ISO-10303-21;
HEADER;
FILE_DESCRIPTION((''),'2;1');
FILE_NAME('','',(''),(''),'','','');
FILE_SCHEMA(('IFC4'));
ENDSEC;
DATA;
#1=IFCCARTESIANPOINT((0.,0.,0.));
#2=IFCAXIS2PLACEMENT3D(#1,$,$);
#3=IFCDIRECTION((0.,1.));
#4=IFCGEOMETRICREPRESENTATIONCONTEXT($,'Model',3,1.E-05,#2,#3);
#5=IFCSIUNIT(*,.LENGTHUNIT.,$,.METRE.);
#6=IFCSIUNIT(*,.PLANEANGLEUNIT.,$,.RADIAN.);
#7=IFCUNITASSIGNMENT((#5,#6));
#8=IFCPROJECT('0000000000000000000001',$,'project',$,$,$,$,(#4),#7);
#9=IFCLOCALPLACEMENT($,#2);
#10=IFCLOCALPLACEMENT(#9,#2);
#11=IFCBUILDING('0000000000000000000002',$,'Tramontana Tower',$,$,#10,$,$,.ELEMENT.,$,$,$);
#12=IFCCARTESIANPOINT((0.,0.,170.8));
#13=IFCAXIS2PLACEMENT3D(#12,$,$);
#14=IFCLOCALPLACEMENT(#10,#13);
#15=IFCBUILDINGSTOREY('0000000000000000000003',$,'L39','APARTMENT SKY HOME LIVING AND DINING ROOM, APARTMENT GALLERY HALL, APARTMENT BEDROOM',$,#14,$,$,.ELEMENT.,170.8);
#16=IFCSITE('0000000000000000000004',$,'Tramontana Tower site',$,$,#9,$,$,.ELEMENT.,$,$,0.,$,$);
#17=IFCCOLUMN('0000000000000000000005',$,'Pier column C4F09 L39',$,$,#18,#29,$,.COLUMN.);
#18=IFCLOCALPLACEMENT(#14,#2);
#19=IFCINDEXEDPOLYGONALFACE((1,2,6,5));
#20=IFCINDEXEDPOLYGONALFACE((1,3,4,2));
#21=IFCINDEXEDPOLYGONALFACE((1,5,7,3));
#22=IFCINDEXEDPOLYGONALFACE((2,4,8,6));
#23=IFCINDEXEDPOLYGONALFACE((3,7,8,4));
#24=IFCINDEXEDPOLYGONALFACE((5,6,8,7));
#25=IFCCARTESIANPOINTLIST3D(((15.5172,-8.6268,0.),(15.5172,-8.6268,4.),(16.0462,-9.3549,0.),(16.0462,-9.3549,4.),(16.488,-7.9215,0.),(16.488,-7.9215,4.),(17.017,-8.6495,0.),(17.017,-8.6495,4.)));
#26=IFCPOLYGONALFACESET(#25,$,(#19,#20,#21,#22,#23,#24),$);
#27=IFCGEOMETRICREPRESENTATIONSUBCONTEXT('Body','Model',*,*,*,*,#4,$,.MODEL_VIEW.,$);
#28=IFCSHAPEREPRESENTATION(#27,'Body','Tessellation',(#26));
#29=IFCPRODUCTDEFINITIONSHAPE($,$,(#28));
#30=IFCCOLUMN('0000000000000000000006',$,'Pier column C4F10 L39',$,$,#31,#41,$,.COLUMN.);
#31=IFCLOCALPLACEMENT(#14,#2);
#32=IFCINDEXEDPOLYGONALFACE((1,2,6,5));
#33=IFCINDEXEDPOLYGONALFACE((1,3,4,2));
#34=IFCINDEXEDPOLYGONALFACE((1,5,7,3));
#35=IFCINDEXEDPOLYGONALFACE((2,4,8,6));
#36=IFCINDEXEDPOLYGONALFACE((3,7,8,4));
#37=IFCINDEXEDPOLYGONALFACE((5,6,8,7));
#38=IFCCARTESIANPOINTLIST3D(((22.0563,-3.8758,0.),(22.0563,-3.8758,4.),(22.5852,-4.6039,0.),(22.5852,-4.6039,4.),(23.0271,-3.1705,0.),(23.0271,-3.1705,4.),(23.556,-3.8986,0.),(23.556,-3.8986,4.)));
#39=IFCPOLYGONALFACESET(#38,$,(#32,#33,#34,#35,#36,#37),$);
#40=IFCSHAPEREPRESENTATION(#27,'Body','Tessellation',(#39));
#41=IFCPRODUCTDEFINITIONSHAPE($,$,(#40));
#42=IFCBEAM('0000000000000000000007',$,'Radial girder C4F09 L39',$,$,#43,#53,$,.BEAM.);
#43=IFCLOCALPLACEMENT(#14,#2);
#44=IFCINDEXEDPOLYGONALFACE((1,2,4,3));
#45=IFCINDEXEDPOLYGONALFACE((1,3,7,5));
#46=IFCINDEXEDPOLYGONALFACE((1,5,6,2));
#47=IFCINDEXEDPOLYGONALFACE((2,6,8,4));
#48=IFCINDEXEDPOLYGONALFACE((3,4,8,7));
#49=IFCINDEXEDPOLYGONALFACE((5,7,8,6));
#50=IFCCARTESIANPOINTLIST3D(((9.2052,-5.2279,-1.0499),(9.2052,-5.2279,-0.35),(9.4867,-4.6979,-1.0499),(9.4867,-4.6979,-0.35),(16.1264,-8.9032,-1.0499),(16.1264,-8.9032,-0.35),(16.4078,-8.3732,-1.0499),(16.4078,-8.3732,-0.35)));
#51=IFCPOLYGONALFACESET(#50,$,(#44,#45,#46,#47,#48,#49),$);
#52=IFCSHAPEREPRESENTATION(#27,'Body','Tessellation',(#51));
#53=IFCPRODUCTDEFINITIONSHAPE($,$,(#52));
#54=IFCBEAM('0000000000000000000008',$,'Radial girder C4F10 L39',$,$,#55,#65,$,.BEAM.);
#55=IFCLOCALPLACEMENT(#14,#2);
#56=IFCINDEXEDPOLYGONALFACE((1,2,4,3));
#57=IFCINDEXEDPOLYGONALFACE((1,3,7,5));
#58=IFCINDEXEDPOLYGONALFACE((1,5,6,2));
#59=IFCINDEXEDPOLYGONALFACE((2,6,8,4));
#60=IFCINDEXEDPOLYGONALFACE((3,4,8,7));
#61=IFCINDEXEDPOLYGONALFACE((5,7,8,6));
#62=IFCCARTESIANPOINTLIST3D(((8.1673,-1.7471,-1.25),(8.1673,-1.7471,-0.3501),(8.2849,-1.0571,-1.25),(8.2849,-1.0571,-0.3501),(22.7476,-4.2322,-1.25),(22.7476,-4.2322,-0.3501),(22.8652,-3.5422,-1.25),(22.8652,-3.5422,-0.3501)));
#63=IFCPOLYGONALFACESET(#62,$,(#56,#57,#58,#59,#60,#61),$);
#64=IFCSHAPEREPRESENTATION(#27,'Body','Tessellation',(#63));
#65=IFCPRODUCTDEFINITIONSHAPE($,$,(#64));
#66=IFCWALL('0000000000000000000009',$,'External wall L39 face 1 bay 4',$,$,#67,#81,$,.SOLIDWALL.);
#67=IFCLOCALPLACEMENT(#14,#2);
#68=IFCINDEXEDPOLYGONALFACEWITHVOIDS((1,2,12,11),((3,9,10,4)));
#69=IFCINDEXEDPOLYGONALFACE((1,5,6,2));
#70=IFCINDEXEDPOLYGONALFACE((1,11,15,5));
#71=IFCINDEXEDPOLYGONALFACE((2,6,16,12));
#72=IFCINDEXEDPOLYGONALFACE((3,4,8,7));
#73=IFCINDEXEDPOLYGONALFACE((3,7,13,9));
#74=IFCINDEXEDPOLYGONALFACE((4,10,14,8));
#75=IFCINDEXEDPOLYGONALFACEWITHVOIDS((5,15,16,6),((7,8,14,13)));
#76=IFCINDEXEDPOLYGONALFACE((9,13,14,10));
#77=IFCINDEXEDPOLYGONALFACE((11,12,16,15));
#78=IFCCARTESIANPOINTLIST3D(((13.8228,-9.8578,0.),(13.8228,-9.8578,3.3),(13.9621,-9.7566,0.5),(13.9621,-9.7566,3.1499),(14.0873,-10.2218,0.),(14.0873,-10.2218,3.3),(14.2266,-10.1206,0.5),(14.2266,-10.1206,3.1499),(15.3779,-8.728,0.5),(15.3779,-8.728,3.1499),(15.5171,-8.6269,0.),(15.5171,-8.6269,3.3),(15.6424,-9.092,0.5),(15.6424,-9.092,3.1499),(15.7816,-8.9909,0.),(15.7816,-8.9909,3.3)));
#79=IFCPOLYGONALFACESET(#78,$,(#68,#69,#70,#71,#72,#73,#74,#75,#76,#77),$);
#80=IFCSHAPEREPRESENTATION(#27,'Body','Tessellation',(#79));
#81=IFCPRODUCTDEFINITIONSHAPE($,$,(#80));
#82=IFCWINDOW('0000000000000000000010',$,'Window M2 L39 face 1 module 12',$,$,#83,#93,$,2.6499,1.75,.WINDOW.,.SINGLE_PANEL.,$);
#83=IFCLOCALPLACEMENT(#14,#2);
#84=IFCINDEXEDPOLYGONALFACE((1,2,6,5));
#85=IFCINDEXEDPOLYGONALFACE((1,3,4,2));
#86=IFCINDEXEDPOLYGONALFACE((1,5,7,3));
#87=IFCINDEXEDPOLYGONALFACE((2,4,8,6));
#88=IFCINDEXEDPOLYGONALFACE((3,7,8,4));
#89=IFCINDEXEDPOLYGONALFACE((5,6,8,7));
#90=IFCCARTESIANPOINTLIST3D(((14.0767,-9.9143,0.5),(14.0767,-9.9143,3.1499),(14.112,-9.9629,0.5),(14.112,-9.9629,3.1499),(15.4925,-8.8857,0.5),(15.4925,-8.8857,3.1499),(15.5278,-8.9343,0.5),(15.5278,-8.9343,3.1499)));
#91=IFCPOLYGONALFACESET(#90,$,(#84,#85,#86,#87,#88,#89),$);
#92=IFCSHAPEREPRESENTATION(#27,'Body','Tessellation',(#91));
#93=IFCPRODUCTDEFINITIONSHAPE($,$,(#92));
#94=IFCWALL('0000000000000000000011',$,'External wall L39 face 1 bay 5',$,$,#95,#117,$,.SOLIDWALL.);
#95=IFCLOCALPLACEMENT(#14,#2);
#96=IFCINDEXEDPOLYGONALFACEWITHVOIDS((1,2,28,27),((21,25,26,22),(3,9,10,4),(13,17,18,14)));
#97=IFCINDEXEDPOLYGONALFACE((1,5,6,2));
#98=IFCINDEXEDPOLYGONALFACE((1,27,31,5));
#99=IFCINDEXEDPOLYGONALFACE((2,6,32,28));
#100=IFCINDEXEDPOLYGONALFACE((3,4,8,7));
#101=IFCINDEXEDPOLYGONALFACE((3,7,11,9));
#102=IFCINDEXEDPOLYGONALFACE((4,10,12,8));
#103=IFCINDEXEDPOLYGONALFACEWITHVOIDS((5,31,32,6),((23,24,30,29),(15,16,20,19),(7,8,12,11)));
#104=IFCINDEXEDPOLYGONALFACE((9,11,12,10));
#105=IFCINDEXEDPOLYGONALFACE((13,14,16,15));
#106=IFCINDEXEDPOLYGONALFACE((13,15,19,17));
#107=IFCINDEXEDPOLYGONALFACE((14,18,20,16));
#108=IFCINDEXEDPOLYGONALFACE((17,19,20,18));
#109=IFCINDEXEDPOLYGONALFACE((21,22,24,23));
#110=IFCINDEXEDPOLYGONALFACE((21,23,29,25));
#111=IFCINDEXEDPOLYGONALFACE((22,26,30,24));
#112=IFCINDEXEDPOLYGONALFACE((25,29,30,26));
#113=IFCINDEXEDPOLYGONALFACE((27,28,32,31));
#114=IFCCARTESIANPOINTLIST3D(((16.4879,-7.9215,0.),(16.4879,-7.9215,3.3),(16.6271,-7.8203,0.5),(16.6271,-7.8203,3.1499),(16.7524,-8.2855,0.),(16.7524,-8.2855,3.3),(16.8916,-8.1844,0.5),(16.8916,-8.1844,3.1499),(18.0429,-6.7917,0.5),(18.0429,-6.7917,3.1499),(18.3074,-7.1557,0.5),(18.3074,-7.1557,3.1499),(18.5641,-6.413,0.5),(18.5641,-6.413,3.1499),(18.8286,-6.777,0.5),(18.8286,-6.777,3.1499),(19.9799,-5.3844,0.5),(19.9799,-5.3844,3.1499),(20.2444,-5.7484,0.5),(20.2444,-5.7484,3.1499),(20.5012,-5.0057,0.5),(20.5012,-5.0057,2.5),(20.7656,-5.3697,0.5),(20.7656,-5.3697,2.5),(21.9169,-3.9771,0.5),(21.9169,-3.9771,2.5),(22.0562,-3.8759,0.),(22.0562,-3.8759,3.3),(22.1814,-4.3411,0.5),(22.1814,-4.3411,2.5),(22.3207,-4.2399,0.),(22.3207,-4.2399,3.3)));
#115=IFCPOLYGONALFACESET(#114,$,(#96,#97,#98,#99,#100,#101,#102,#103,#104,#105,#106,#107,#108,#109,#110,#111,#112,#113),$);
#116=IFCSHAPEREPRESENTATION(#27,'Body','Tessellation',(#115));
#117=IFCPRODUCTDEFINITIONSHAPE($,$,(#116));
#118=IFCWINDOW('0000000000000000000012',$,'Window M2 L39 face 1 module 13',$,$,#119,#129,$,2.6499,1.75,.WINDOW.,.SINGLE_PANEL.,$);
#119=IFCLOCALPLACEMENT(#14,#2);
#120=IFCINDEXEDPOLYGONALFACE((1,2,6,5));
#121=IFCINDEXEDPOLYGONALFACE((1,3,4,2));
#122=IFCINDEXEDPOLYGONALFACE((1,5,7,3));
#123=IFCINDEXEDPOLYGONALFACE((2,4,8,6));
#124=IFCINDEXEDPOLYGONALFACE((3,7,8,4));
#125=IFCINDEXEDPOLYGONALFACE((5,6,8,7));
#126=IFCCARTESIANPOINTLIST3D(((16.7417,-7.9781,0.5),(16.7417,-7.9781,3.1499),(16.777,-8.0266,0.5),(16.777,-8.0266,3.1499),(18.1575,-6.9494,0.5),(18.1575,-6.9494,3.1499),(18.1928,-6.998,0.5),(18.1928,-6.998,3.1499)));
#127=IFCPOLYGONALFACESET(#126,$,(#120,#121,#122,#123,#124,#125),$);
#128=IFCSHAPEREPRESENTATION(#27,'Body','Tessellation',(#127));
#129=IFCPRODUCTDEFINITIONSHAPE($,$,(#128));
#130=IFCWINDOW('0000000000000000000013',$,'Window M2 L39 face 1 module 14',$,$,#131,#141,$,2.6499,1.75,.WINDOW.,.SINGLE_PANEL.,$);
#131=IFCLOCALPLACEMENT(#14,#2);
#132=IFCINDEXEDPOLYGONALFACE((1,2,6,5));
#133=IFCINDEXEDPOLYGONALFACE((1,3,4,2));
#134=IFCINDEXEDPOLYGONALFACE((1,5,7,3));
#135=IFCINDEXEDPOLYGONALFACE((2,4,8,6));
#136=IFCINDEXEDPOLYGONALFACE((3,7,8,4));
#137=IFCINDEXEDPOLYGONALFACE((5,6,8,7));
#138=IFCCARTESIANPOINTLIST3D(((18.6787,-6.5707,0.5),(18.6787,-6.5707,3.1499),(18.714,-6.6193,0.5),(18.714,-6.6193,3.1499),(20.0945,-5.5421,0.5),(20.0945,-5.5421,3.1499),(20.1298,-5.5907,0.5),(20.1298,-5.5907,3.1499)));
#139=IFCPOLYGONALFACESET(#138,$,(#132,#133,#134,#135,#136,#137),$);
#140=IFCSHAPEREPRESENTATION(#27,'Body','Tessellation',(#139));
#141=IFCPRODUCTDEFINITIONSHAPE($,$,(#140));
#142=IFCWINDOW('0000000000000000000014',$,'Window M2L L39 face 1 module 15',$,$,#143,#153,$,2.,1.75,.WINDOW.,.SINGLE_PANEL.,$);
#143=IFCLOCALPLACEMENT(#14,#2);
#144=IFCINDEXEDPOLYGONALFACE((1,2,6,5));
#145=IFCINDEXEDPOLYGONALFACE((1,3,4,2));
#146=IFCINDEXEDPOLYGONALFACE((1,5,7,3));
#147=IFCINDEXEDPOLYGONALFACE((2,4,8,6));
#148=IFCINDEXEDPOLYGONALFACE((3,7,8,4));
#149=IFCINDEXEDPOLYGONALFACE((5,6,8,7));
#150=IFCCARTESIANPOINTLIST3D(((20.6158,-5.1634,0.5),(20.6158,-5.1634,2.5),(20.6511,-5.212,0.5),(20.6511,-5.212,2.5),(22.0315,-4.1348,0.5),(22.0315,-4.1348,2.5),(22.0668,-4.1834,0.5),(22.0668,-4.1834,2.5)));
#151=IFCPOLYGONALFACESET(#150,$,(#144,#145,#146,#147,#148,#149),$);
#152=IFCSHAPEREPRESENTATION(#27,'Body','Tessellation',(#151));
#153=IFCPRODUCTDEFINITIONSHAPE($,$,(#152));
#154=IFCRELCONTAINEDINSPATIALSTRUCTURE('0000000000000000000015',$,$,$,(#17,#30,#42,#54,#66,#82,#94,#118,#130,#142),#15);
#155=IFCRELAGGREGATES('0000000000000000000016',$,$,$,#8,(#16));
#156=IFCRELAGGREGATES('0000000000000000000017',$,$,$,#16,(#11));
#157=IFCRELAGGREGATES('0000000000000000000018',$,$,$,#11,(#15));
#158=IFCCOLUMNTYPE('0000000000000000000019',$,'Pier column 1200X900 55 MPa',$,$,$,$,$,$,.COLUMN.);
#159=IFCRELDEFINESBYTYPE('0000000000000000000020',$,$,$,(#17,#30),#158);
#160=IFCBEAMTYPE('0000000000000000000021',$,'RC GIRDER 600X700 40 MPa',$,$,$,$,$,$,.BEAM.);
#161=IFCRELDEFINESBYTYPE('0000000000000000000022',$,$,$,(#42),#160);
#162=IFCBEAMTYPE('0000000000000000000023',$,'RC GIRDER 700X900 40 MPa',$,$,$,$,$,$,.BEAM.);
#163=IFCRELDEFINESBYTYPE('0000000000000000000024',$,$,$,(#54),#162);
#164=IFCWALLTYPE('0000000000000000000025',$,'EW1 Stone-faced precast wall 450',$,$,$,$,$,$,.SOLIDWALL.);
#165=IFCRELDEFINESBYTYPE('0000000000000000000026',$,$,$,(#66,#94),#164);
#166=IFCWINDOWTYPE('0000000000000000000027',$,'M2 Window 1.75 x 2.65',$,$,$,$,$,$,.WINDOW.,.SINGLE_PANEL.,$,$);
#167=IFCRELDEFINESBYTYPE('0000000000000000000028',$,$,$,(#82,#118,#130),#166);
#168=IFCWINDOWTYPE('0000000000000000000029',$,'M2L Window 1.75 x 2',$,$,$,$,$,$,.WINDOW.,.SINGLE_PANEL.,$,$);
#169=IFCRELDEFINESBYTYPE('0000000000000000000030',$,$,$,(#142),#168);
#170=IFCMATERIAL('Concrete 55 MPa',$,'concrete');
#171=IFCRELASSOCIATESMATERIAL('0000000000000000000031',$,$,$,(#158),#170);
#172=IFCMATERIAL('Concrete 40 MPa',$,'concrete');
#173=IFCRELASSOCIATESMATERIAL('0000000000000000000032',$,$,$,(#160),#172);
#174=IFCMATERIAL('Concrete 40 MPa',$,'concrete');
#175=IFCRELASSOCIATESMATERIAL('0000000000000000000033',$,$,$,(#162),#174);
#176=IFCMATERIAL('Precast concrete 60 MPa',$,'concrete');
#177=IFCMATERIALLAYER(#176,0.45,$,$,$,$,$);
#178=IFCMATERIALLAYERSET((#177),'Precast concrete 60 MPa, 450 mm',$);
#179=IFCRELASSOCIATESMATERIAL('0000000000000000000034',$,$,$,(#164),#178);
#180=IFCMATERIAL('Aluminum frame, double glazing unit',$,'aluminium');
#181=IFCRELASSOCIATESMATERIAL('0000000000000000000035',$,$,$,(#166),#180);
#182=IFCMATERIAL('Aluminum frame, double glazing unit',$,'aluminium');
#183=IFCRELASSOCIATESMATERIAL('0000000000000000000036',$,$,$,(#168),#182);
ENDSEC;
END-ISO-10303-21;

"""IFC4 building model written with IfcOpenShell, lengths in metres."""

from ifc_helpers import new_model, si_unit, direction, frame, frame_2d, origin, origin_2d, place, context, subcontext, project, spatial, rectangle, extrude, material, layer, layer_set, material_profile, profile_set, type_object, element, fill, save


model = new_model("IFC4")

# Units and contexts
model_context = context("Model", 3, precision=1e-05, world=origin(), true_north=direction((0.0, 1.0)))
body_context = subcontext(model_context, "Body", "Model", "MODEL_VIEW")
ifc_project = project(units=[si_unit("LENGTHUNIT", "METRE"), si_unit("PLANEANGLEUNIT", "RADIAN")], contexts=[model_context])

# Site, building, storey
site_placement = place(None, origin())
site = spatial("IfcSite", under=ifc_project, at=site_placement, Name="Tramontana Tower site", CompositionType="ELEMENT", RefElevation=0.0)
building_placement = place(site_placement, origin())
building = spatial("IfcBuilding", under=site, at=building_placement, Name="Tramontana Tower", CompositionType="ELEMENT")
storey_placement = place(building_placement, frame((0.0, 0.0, 170.8)))
storey = spatial("IfcBuildingStorey", under=building, at=storey_placement, Name="L39", Description="APARTMENT SKY HOME LIVING AND DINING ROOM, APARTMENT GALLERY HALL, APARTMENT BEDROOM", CompositionType="ELEMENT", Elevation=170.8)

# Columns
ifc_material_1 = material(Name="Concrete 55 MPa", Category="concrete")
ifc_material_profile_1 = material_profile(ifc_material_1, rectangle(XDim=1.2, YDim=0.8999, at=origin_2d()), Name="Pier column 1200X900 55 MPa")
ifc_profile_set_1 = profile_set([ifc_material_profile_1], Name="Concrete 55 MPa")
column_type = type_object("IfcColumnType", Name="Pier column 1200X900 55 MPa", PredefinedType="COLUMN", material=ifc_profile_set_1)
for number, where, z_axis, x_axis, name in (
    (1, (16.2671, -8.6382, 0.0), (0.0, 0.0, 1.0), (0.809017, 0.587785, 0.0), "Pier column C4F09 L39"),
    (2, (22.8062, -3.8872, 0.0), (0.0, 0.0, 1.0), (0.809017, 0.587785, 0.0), "Pier column C4F10 L39"),
):
    element("IfcColumn", number, at=place(storey_placement, frame(where, z_axis=z_axis, x_axis=x_axis)), inside=storey, type_object=column_type, Name=name, PredefinedType="COLUMN", context=body_context, shape_type="SweptSolid", body=[
        extrude(rectangle(XDim=1.2, YDim=0.8999, at=origin_2d()), origin(), (0.0, 0.0, 1.0), 4.0),
    ])

# Beams
ifc_material_2 = material(Name="Concrete 40 MPa", Category="concrete")
ifc_material_profile_2 = material_profile(ifc_material_2, rectangle(XDim=0.6001, YDim=0.7, at=origin_2d()), Name="RC GIRDER 600X700 40 MPa")
ifc_profile_set_2 = profile_set([ifc_material_profile_2], Name="Concrete 40 MPa")
beam_type_1 = type_object("IfcBeamType", Name="RC GIRDER 600X700 40 MPa", PredefinedType="BEAM", material=ifc_profile_set_2)
beam_1_placement = place(storey_placement, frame((16.2671, -8.6382, -0.7), z_axis=(-0.883198, 0.469, 0.0), x_axis=(-0.469, -0.883198, 0.0)))
element("IfcBeam", 3, at=beam_1_placement, inside=storey, type_object=beam_type_1, Name="Radial girder C4F09 L39", PredefinedType="BEAM", context=body_context, shape_type="SweptSolid", body=[
    extrude(rectangle(XDim=0.6001, YDim=0.7, at=origin_2d()), origin(), (0.0, 0.0, 1.0), 7.8364),
])
ifc_material_3 = material(Name="Concrete 40 MPa", Category="concrete")
ifc_material_profile_3 = material_profile(ifc_material_3, rectangle(XDim=0.7, YDim=0.8999, at=origin_2d()), Name="RC GIRDER 700X900 40 MPa")
ifc_profile_set_3 = profile_set([ifc_material_profile_3], Name="Concrete 40 MPa")
beam_type_2 = type_object("IfcBeamType", Name="RC GIRDER 700X900 40 MPa", PredefinedType="BEAM", material=ifc_profile_set_3)
beam_2_placement = place(storey_placement, frame((22.8064, -3.8872, -0.8), z_axis=(-0.985784, 0.168019, 0.0), x_axis=(-0.168019, -0.985784, 0.0)))
element("IfcBeam", 4, at=beam_2_placement, inside=storey, type_object=beam_type_2, Name="Radial girder C4F10 L39", PredefinedType="BEAM", context=body_context, shape_type="SweptSolid", body=[
    extrude(rectangle(XDim=0.7, YDim=0.8999, at=origin_2d()), origin(), (0.0, 0.0, 1.0), 14.7905),
])

# Wall, opening, window
ifc_material_4 = material(Name="Precast concrete 60 MPa", Category="concrete")
ifc_layer_1 = layer(ifc_material_4, 0.45)
ifc_layer_set_1 = layer_set([ifc_layer_1], Name="Precast concrete 60 MPa, 450 mm")
wall_type_1 = type_object("IfcWallType", Name="EW1 Stone-faced precast wall 450", PredefinedType="SOLIDWALL", material=ifc_layer_set_1)
wall_1_placement = place(storey_placement, frame((13.9551, -10.0398, 0.0), z_axis=(0.0, 0.0, 1.0), x_axis=(0.809028, 0.58777, 0.0)))
wall_1 = element("IfcWall", 5, at=wall_1_placement, inside=storey, type_object=wall_type_1, Name="External wall L39 face 1 bay 4", PredefinedType="SOLIDWALL", context=body_context, shape_type="SweptSolid", body=[
    extrude(rectangle(XDim=2.0942, YDim=0.45, at=frame_2d((1.0471, 0.0))), origin(), (0.0, 0.0, 1.0), 3.3),
])
opening_1_placement = place(wall_1_placement, frame((0.1721, 0.0, 0.5)))
opening_1 = element("IfcOpeningElement", 6, at=opening_1_placement, cuts=wall_1, PredefinedType="OPENING", context=body_context, shape_type="SweptSolid", body=[
    extrude(rectangle(XDim=1.75, YDim=2.6499, at=frame_2d((0.875, 1.325))), frame((0.0, 0.2349, 0.0), z_axis=(0.0, -1.0, 0.0), x_axis=(1.0, 0.0, 0.0)), (0.0, 0.0, 1.0), 0.47),
])
ifc_material_5 = material(Name="Aluminum frame, double glazing unit", Category="aluminium")
window_type_1 = type_object("IfcWindowType", Name="M2 Window 1.75 x 2.65", PartitioningType="SINGLE_PANEL", PredefinedType="WINDOW", material=ifc_material_5)
window_1_placement = place(opening_1_placement, origin())
window_1 = element("IfcWindow", 7, at=window_1_placement, inside=storey, type_object=window_type_1, Name="Window M2 L39 face 1 module 12", OverallHeight=2.6499, OverallWidth=1.75, PartitioningType="SINGLE_PANEL", PredefinedType="WINDOW", context=body_context, shape_type="SweptSolid", body=[
    extrude(rectangle(XDim=1.75, YDim=2.6499, at=frame_2d((0.875, 1.325))), frame((0.0, 0.03, 0.0), z_axis=(0.0, -1.0, 0.0), x_axis=(1.0, 0.0, 0.0)), (0.0, 0.0, 1.0), 0.0601),
])
fill(opening_1, window_1)

# Wall, openings, windows
wall_2_placement = place(storey_placement, frame((16.6201, -8.1035, 0.0), z_axis=(0.0, 0.0, 1.0), x_axis=(0.809017, 0.587786, 0.0)))
wall_2 = element("IfcWall", 8, at=wall_2_placement, inside=storey, type_object=wall_type_1, Name="External wall L39 face 1 bay 5", PredefinedType="SOLIDWALL", context=body_context, shape_type="SweptSolid", body=[
    extrude(rectangle(XDim=6.8828, YDim=0.45, at=frame_2d((3.4414, 0.0))), origin(), (0.0, 0.0, 1.0), 3.3),
])
opening_2_placement = place(wall_2_placement, frame((0.1721, 0.0, 0.5)))
opening_2 = element("IfcOpeningElement", 9, at=opening_2_placement, cuts=wall_2, PredefinedType="OPENING", context=body_context, shape_type="SweptSolid", body=[
    extrude(rectangle(XDim=1.75, YDim=2.6499, at=frame_2d((0.875, 1.325))), frame((0.0, 0.2349, 0.0), z_axis=(0.0, -1.0, 0.0), x_axis=(1.0, 0.0, 0.0)), (0.0, 0.0, 1.0), 0.47),
])
opening_3_placement = place(wall_2_placement, frame((2.5664, 0.0, 0.5)))
opening_3 = element("IfcOpeningElement", 10, at=opening_3_placement, cuts=wall_2, PredefinedType="OPENING", context=body_context, shape_type="SweptSolid", body=[
    extrude(rectangle(XDim=1.75, YDim=2.6499, at=frame_2d((0.875, 1.325))), frame((0.0, 0.2349, 0.0), z_axis=(0.0, -1.0, 0.0), x_axis=(1.0, 0.0, 0.0)), (0.0, 0.0, 1.0), 0.47),
])
opening_4_placement = place(wall_2_placement, frame((4.9607, 0.0, 0.5)))
opening_4 = element("IfcOpeningElement", 11, at=opening_4_placement, cuts=wall_2, PredefinedType="OPENING", context=body_context, shape_type="SweptSolid", body=[
    extrude(rectangle(XDim=1.75, YDim=2.0, at=frame_2d((0.875, 1.0))), frame((0.0, 0.2349, 0.0), z_axis=(0.0, -1.0, 0.0), x_axis=(1.0, 0.0, 0.0)), (0.0, 0.0, 1.0), 0.47),
])
window_2_placement = place(opening_2_placement, origin())
window_2 = element("IfcWindow", 12, at=window_2_placement, inside=storey, type_object=window_type_1, Name="Window M2 L39 face 1 module 13", OverallHeight=2.6499, OverallWidth=1.75, PartitioningType="SINGLE_PANEL", PredefinedType="WINDOW", context=body_context, shape_type="SweptSolid", body=[
    extrude(rectangle(XDim=1.75, YDim=2.6499, at=frame_2d((0.875, 1.325))), frame((0.0, 0.03, 0.0), z_axis=(0.0, -1.0, 0.0), x_axis=(1.0, 0.0, 0.0)), (0.0, 0.0, 1.0), 0.0601),
])
fill(opening_2, window_2)
window_3_placement = place(opening_3_placement, origin())
window_3 = element("IfcWindow", 13, at=window_3_placement, inside=storey, type_object=window_type_1, Name="Window M2 L39 face 1 module 14", OverallHeight=2.6499, OverallWidth=1.75, PartitioningType="SINGLE_PANEL", PredefinedType="WINDOW", context=body_context, shape_type="SweptSolid", body=[
    extrude(rectangle(XDim=1.75, YDim=2.6499, at=frame_2d((0.875, 1.325))), frame((0.0, 0.03, 0.0), z_axis=(0.0, -1.0, 0.0), x_axis=(1.0, 0.0, 0.0)), (0.0, 0.0, 1.0), 0.0601),
])
fill(opening_3, window_3)
ifc_material_6 = material(Name="Aluminum frame, double glazing unit", Category="aluminium")
window_type_2 = type_object("IfcWindowType", Name="M2L Window 1.75 x 2", PartitioningType="SINGLE_PANEL", PredefinedType="WINDOW", material=ifc_material_6)
window_4_placement = place(opening_4_placement, origin())
window_4 = element("IfcWindow", 14, at=window_4_placement, inside=storey, type_object=window_type_2, Name="Window M2L L39 face 1 module 15", OverallHeight=2.0, OverallWidth=1.75, PartitioningType="SINGLE_PANEL", PredefinedType="WINDOW", context=body_context, shape_type="SweptSolid", body=[
    extrude(rectangle(XDim=1.75, YDim=2.0, at=frame_2d((0.875, 1.0))), frame((0.0, 0.03, 0.0), z_axis=(0.0, -1.0, 0.0), x_axis=(1.0, 0.0, 0.0)), (0.0, 0.0, 1.0), 0.0601),
])
fill(opening_4, window_4)

save(model, "model.ifc")
